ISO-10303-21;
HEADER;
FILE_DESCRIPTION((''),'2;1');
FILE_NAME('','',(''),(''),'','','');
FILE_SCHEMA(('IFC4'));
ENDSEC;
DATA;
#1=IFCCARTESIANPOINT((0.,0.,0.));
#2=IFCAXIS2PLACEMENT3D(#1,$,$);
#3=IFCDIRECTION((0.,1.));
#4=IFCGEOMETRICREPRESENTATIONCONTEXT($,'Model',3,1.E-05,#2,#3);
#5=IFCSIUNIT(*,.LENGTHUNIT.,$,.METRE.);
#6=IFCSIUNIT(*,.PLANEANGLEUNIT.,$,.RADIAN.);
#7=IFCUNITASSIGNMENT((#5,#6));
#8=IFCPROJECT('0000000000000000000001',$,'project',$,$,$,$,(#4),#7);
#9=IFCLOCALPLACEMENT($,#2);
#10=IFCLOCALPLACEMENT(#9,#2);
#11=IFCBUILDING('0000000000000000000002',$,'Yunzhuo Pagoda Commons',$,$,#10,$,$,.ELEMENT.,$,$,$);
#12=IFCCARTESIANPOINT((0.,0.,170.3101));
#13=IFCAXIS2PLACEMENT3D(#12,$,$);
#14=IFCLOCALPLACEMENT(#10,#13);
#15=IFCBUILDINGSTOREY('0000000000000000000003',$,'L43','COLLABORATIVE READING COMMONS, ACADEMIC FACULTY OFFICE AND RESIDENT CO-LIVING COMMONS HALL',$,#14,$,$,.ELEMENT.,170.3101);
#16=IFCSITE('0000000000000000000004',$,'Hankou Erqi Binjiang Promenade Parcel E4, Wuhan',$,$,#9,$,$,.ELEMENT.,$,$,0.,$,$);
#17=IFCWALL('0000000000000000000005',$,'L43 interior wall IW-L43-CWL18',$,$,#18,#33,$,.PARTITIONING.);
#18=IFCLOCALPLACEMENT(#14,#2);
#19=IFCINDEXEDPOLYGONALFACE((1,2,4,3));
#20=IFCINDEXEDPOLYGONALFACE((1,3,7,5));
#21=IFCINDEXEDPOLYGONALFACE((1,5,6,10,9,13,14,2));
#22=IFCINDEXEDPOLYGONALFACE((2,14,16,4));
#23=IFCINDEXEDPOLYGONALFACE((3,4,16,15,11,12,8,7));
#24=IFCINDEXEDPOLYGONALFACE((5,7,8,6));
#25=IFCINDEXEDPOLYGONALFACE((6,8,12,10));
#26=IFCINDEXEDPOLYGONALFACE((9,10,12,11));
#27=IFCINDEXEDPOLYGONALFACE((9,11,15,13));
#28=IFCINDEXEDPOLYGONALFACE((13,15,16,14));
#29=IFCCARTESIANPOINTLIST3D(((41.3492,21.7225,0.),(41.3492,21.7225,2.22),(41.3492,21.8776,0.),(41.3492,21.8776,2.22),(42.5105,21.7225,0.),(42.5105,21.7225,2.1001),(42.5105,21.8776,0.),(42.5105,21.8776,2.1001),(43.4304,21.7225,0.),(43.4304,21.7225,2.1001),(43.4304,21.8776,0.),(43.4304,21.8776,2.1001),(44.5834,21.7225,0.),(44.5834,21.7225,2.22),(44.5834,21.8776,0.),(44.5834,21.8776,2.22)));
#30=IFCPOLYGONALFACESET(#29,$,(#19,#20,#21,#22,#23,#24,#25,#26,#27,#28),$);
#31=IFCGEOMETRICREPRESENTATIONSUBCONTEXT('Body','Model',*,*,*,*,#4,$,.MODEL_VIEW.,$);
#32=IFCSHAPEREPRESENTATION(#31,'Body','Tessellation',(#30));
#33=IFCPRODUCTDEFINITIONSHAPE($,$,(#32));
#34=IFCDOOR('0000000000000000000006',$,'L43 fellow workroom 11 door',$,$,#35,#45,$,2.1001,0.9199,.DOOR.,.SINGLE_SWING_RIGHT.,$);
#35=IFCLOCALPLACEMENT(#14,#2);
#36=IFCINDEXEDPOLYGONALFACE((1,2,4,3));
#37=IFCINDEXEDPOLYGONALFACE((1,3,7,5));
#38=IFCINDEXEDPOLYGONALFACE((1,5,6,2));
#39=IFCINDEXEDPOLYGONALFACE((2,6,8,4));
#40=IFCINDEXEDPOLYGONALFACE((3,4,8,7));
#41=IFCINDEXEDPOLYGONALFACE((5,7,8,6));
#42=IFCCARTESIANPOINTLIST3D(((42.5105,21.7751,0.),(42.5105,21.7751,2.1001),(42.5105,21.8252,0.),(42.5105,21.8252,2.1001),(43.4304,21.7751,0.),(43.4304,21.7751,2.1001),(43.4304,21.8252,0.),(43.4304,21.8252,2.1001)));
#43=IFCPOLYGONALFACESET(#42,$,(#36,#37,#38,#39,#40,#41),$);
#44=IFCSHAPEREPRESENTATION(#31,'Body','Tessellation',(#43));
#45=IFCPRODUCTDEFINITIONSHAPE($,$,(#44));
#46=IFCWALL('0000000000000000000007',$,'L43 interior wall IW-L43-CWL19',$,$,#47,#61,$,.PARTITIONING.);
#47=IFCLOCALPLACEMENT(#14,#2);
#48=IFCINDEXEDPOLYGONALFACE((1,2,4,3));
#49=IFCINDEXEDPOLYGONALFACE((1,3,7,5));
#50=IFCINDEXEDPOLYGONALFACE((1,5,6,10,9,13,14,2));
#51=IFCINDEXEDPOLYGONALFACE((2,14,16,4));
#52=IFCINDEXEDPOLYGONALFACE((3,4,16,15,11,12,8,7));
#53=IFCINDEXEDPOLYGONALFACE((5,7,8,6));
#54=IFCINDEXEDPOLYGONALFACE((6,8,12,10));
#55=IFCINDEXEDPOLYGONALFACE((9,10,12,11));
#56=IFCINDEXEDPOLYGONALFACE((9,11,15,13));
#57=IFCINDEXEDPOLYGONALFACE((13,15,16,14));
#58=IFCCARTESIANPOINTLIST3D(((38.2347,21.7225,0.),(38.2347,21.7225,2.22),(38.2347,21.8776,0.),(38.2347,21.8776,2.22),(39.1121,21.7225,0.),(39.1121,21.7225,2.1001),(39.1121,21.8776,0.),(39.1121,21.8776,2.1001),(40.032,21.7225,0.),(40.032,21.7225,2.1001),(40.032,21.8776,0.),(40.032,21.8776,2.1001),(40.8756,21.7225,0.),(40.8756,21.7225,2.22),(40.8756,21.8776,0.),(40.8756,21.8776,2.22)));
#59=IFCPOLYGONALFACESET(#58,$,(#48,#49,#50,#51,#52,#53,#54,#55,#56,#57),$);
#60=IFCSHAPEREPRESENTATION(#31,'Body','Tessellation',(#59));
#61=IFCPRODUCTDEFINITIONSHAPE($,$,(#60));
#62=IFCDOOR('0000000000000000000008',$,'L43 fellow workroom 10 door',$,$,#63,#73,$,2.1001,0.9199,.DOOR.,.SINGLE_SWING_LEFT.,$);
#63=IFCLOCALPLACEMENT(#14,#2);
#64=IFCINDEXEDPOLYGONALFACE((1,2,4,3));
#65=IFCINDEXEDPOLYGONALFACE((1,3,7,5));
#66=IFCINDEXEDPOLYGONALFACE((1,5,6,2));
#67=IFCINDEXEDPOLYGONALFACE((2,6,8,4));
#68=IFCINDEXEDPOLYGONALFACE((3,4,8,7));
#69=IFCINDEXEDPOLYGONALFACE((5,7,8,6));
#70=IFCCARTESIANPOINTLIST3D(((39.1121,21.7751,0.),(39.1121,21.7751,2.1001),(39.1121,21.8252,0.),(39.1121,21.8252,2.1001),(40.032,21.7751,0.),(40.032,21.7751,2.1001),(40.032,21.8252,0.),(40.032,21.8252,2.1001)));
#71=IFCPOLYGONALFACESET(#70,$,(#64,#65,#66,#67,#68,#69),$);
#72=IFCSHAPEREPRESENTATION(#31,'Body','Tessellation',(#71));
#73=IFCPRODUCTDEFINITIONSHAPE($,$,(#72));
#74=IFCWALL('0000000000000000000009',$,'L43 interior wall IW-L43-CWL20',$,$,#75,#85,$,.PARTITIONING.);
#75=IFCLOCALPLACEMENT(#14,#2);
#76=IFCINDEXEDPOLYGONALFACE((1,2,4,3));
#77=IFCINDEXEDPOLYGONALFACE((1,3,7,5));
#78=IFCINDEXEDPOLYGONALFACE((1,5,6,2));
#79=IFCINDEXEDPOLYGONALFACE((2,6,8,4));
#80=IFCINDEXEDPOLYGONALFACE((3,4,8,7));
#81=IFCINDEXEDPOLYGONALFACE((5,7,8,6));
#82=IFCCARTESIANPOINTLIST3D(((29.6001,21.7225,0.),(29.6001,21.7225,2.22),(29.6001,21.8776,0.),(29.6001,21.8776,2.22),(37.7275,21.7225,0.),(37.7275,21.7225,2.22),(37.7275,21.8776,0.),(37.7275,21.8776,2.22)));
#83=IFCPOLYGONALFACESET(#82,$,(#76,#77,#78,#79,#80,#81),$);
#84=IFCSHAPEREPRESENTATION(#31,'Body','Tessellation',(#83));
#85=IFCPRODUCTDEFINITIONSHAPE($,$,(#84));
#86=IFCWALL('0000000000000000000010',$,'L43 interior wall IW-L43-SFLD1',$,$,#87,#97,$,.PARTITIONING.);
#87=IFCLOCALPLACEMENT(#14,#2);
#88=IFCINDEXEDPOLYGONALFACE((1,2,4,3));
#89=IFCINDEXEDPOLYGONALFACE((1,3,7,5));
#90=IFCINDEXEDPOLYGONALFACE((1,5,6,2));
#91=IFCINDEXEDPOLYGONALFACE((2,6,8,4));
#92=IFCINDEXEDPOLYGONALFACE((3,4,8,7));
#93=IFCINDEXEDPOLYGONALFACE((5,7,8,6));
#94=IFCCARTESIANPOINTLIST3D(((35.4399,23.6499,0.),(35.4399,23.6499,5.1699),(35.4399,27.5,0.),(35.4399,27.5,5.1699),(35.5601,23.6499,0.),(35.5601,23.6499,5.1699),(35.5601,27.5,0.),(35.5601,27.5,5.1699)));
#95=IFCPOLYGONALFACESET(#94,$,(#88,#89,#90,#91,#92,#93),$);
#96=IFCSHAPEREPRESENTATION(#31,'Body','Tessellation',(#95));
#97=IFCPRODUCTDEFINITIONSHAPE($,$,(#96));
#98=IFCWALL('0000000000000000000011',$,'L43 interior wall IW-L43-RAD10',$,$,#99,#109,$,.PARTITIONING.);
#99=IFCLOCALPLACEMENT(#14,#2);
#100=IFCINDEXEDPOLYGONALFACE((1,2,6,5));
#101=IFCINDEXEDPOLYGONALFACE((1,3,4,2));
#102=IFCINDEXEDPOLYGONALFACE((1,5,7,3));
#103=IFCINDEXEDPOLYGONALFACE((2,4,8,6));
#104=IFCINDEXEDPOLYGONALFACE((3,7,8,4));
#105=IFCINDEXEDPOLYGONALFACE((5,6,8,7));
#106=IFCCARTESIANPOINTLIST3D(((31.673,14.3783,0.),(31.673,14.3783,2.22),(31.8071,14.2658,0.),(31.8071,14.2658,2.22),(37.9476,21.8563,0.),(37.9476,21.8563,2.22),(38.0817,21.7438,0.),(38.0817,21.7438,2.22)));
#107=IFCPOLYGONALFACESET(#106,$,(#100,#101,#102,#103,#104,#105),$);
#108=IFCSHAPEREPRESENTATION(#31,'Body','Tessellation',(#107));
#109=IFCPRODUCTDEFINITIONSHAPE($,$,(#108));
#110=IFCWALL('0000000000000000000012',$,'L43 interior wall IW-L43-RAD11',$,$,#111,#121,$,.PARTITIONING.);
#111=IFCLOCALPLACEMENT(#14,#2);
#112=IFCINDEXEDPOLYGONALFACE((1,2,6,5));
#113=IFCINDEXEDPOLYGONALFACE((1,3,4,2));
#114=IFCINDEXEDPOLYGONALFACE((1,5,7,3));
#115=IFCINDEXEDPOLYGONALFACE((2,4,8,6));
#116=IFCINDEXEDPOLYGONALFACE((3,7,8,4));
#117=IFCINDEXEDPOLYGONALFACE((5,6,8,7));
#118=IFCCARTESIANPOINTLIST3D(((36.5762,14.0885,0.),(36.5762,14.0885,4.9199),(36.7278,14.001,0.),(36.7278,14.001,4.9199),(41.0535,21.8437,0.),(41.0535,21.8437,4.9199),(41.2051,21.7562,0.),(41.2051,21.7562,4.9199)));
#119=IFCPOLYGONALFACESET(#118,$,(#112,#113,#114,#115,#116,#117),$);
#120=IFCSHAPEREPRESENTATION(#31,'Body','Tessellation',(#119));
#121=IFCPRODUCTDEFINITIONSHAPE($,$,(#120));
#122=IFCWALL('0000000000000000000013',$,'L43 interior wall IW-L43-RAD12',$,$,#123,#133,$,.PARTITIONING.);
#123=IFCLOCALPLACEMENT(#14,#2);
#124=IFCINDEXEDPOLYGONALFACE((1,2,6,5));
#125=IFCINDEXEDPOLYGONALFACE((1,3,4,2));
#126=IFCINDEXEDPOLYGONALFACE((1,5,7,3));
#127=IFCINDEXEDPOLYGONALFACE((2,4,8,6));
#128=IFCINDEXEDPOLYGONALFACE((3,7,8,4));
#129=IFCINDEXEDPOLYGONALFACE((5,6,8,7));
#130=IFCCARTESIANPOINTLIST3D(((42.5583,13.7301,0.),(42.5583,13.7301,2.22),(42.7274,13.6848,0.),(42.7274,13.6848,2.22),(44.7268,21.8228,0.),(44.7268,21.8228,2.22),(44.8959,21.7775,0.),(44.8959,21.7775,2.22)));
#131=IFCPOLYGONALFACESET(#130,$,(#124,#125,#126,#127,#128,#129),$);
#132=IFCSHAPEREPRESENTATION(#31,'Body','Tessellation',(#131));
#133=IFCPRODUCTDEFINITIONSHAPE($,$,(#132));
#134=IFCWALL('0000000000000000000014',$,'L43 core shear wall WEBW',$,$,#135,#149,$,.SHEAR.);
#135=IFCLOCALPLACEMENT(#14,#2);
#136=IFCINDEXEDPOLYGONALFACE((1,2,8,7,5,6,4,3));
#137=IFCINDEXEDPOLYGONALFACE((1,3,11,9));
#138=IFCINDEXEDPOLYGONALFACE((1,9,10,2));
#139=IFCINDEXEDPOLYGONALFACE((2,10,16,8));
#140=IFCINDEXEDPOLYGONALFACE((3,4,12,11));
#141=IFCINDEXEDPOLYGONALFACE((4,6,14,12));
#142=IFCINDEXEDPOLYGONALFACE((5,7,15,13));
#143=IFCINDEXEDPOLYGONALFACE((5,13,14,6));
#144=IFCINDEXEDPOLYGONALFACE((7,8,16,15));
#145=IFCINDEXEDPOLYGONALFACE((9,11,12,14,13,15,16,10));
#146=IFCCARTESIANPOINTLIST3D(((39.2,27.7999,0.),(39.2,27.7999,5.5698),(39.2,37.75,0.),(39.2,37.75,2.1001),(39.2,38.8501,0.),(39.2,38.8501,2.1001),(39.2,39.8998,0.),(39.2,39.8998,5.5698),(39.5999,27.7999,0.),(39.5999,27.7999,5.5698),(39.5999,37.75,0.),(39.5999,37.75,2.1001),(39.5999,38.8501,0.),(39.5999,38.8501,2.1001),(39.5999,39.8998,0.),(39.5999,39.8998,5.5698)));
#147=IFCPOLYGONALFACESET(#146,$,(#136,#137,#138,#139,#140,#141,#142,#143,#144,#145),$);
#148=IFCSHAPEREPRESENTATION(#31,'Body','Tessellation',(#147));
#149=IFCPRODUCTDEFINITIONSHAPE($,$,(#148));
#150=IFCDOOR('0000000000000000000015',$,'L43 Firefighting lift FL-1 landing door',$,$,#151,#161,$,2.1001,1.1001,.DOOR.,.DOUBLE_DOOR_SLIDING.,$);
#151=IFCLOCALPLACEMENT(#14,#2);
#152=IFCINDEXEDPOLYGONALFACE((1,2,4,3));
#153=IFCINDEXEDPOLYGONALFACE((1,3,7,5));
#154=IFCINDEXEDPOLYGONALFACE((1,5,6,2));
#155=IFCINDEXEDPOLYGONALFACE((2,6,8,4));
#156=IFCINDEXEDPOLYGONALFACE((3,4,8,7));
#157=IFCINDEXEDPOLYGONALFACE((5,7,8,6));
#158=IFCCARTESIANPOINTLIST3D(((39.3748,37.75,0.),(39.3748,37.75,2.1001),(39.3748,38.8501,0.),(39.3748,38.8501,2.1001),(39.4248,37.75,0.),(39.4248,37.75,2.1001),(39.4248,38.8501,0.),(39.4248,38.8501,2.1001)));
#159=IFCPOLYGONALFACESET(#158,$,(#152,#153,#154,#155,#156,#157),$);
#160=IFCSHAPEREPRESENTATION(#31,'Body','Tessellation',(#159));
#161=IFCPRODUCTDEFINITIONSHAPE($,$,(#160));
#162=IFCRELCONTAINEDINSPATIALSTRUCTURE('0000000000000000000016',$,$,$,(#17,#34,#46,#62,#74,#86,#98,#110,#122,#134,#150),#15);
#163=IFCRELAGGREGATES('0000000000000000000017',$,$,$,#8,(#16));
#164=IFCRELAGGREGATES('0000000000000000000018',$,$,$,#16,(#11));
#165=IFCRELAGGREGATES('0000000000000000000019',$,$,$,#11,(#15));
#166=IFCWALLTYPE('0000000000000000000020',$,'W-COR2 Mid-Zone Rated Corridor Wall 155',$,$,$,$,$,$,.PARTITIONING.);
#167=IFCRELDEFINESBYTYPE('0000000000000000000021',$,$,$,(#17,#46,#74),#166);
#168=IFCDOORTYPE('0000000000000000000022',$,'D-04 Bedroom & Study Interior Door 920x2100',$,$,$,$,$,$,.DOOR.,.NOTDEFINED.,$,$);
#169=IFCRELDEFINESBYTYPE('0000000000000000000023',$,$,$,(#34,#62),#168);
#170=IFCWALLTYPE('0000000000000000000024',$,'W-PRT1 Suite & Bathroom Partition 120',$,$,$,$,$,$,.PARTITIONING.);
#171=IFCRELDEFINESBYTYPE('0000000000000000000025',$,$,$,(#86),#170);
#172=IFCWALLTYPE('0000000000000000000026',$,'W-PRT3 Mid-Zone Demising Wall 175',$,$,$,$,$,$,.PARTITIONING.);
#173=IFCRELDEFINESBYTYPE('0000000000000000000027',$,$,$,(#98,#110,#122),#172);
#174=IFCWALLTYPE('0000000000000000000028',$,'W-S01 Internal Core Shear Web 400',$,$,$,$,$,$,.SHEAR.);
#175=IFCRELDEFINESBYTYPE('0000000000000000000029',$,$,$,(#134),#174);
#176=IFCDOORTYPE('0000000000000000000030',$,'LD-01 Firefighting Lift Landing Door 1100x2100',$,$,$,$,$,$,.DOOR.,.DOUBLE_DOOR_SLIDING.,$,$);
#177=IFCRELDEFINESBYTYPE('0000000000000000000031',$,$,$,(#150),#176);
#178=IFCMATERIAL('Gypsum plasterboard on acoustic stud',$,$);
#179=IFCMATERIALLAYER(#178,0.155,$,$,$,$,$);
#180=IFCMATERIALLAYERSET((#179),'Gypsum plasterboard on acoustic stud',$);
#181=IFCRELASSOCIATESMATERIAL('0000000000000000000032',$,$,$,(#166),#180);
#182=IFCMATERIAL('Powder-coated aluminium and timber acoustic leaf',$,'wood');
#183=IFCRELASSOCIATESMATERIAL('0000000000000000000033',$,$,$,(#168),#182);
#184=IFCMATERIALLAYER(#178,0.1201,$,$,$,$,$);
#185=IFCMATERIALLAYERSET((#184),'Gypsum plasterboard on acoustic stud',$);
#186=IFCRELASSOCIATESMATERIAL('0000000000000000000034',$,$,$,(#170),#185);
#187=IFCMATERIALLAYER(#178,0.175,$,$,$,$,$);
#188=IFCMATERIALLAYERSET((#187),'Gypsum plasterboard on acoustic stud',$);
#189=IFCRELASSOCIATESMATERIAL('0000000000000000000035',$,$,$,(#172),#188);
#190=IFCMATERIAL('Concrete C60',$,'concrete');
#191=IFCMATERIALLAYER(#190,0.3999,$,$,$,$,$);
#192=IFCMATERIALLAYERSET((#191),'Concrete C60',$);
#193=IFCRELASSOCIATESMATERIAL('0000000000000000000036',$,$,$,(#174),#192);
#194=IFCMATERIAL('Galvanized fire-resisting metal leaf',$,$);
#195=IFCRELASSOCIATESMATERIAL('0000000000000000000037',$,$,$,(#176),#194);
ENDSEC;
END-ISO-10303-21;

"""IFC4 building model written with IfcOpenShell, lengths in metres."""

from ifc_helpers import new_model, si_unit, direction, frame, frame_2d, origin, origin_with_axes, place, context, subcontext, project, spatial, rectangle, extrude, source, transform, mapped, material, layer, layer_set, type_object, element, fill, save


model = new_model("IFC4")

# Units and contexts
model_context = context("Model", 3, precision=1e-05, world=origin(), true_north=direction((0.0, 1.0)))
body_context = subcontext(model_context, "Body", "Model", "MODEL_VIEW")
ifc_project = project(units=[si_unit("LENGTHUNIT", "METRE"), si_unit("PLANEANGLEUNIT", "RADIAN")], contexts=[model_context])

# Site, building, storey
site_placement = place(None, origin())
site = spatial("IfcSite", under=ifc_project, at=site_placement, Name="Hankou Erqi Binjiang Promenade Parcel E4, Wuhan", CompositionType="ELEMENT", RefElevation=0.0)
building_placement = place(site_placement, origin())
building = spatial("IfcBuilding", under=site, at=building_placement, Name="Yunzhuo Pagoda Commons", CompositionType="ELEMENT")
storey_placement = place(building_placement, frame((0.0, 0.0, 170.3101)))
storey = spatial("IfcBuildingStorey", under=building, at=storey_placement, Name="L43", Description="COLLABORATIVE READING COMMONS, ACADEMIC FACULTY OFFICE AND RESIDENT CO-LIVING COMMONS HALL", CompositionType="ELEMENT", Elevation=170.3101)

# Shared definitions
ifc_material_1 = material(Name="Concrete C60", Category="concrete")

# Walls, openings, doors
ifc_material_2 = material(Name="Gypsum plasterboard on acoustic stud")
ifc_layer_1 = layer(ifc_material_2, 0.155)
ifc_layer_set_1 = layer_set([ifc_layer_1], Name="Gypsum plasterboard on acoustic stud")
wall_type_1 = type_object("IfcWallType", Name="W-COR2 Mid-Zone Rated Corridor Wall 155", PredefinedType="PARTITIONING", material=ifc_layer_set_1)
ifc_material_3 = material(Name="Galvanized fire-resisting metal leaf")
wall_1_placement = place(storey_placement, frame((44.5835, 21.8, 0.0), z_axis=(0.0, 0.0, 1.0), x_axis=(-1.0, 0.0, 0.0)))
wall_1 = element("IfcWall", 1, at=wall_1_placement, inside=storey, type_object=wall_type_1, Name="L43 interior wall IW-L43-CWL18", PredefinedType="PARTITIONING", context=body_context, shape_type="SweptSolid", body=[
    extrude(rectangle(XDim=3.2341, YDim=0.155, at=frame_2d((1.6172, 0.0))), origin(), (0.0, 0.0, 1.0), 2.22),
])
opening_1_placement = place(wall_1_placement, frame((1.1531, 0.0, 0.0)))
opening_1 = element("IfcOpeningElement", 2, at=opening_1_placement, cuts=wall_1, PredefinedType="OPENING", context=body_context, shape_type="SweptSolid", body=[
    extrude(rectangle(XDim=0.9199, YDim=2.1001, at=frame_2d((0.46, 1.05))), frame((0.0, 0.0874, 0.0), z_axis=(0.0, -1.0, 0.0), x_axis=(1.0, 0.0, 0.0)), (0.0, 0.0, 1.0), 0.175),
])
ifc_material_4 = material(Name="Powder-coated aluminium and timber acoustic leaf", Category="wood")
door_type_1 = type_object("IfcDoorType", Name="D-04 Bedroom & Study Interior Door 920x2100", OperationType="NOTDEFINED", PredefinedType="DOOR", material=ifc_material_4)
shared_shape_1 = source(origin(), body_context, "Body", "SweptSolid", [
    extrude(rectangle(XDim=0.9199, YDim=2.1001, at=frame_2d((0.46, 1.05))), frame((0.0, 0.0249, 0.0), z_axis=(0.0, -1.0, 0.0), x_axis=(1.0, 0.0, 0.0)), (0.0, 0.0, 1.0), 0.05),
])
door_1_placement = place(opening_1_placement, origin_with_axes())
door_1 = element("IfcDoor", 3, at=door_1_placement, inside=storey, type_object=door_type_1, Name="L43 fellow workroom 11 door", OperationType="SINGLE_SWING_RIGHT", OverallHeight=2.1001, OverallWidth=0.9199, PredefinedType="DOOR", context=body_context, shape_type="MappedRepresentation", body=[
    mapped(shared_shape_1, transform((0.0, 0.0, 0.0), scale=1.0)),
])
fill(opening_1, door_1)
wall_2_placement = place(storey_placement, frame((40.8755, 21.8, 0.0), z_axis=(0.0, 0.0, 1.0), x_axis=(-1.0, 0.0, 0.0)))
wall_2 = element("IfcWall", 4, at=wall_2_placement, inside=storey, type_object=wall_type_1, Name="L43 interior wall IW-L43-CWL19", PredefinedType="PARTITIONING", context=body_context, shape_type="SweptSolid", body=[
    extrude(rectangle(XDim=2.6409, YDim=0.155, at=frame_2d((1.3203, 0.0))), origin(), (0.0, 0.0, 1.0), 2.22),
])
opening_2_placement = place(wall_2_placement, frame((0.8435, 0.0, 0.0)))
opening_2 = element("IfcOpeningElement", 5, at=opening_2_placement, cuts=wall_2, PredefinedType="OPENING", context=body_context, shape_type="SweptSolid", body=[
    extrude(rectangle(XDim=0.9199, YDim=2.1001, at=frame_2d((0.46, 1.05))), frame((0.0, 0.0874, 0.0), z_axis=(0.0, -1.0, 0.0), x_axis=(1.0, 0.0, 0.0)), (0.0, 0.0, 1.0), 0.175),
])
door_2_placement = place(opening_2_placement, origin_with_axes())
door_2 = element("IfcDoor", 6, at=door_2_placement, inside=storey, type_object=door_type_1, Name="L43 fellow workroom 10 door", OperationType="SINGLE_SWING_LEFT", OverallHeight=2.1001, OverallWidth=0.9199, PredefinedType="DOOR", context=body_context, shape_type="MappedRepresentation", body=[
    mapped(shared_shape_1, transform((0.0, 0.0, 0.0), scale=1.0)),
])
fill(opening_2, door_2)

# Walls
wall_3_placement = place(storey_placement, frame((37.7275, 21.8, 0.0), z_axis=(0.0, 0.0, 1.0), x_axis=(-1.0, 0.0, 0.0)))
element("IfcWall", 7, at=wall_3_placement, inside=storey, type_object=wall_type_1, Name="L43 interior wall IW-L43-CWL20", PredefinedType="PARTITIONING", context=body_context, shape_type="SweptSolid", body=[
    extrude(rectangle(XDim=8.1274, YDim=0.155, at=frame_2d((4.0637, 0.0))), origin(), (0.0, 0.0, 1.0), 2.22),
])
ifc_layer_2 = layer(ifc_material_2, 0.1201)
ifc_layer_set_2 = layer_set([ifc_layer_2], Name="Gypsum plasterboard on acoustic stud")
wall_type_2 = type_object("IfcWallType", Name="W-PRT1 Suite & Bathroom Partition 120", PredefinedType="PARTITIONING", material=ifc_layer_set_2)
wall_4_placement = place(storey_placement, frame((35.5, 23.6499, 0.0), z_axis=(0.0, 0.0, 1.0), x_axis=(0.0, 1.0, 0.0)))
element("IfcWall", 8, at=wall_4_placement, inside=storey, type_object=wall_type_2, Name="L43 interior wall IW-L43-SFLD1", PredefinedType="PARTITIONING", context=body_context, shape_type="SweptSolid", body=[
    extrude(rectangle(XDim=3.8501, YDim=0.1201, at=frame_2d((1.925, 0.0))), origin(), (0.0, 0.0, 1.0), 5.1699),
])
ifc_layer_3 = layer(ifc_material_2, 0.175)
ifc_layer_set_3 = layer_set([ifc_layer_3], Name="Gypsum plasterboard on acoustic stud")
wall_type_3 = type_object("IfcWallType", Name="W-PRT3 Mid-Zone Demising Wall 175", PredefinedType="PARTITIONING", material=ifc_layer_set_3)
wall_5_placement = place(storey_placement, frame((38.0146, 21.8, 0.0), z_axis=(0.0, 0.0, 1.0), x_axis=(-0.642778, -0.766052, 0.0)))
element("IfcWall", 9, at=wall_5_placement, inside=storey, type_object=wall_type_3, Name="L43 interior wall IW-L43-RAD10", PredefinedType="PARTITIONING", context=body_context, shape_type="SweptSolid", body=[
    extrude(rectangle(XDim=9.7617, YDim=0.175, at=frame_2d((4.8809, 0.0))), origin(), (0.0, 0.0, 1.0), 2.22),
])
wall_6_placement = place(storey_placement, frame((41.1294, 21.8, 0.0), z_axis=(0.0, 0.0, 1.0), x_axis=(-0.499989, -0.866032, 0.0)))
element("IfcWall", 10, at=wall_6_placement, inside=storey, type_object=wall_type_3, Name="L43 interior wall IW-L43-RAD11", PredefinedType="PARTITIONING", context=body_context, shape_type="SweptSolid", body=[
    extrude(rectangle(XDim=8.9548, YDim=0.175, at=frame_2d((4.4775, 0.0))), origin(), (0.0, 0.0, 1.0), 4.9199),
])
wall_7_placement = place(storey_placement, frame((44.8113, 21.8, 0.0), z_axis=(0.0, 0.0, 1.0), x_axis=(-0.25882, -0.965926, 0.0)))
element("IfcWall", 11, at=wall_7_placement, inside=storey, type_object=wall_type_3, Name="L43 interior wall IW-L43-RAD12", PredefinedType="PARTITIONING", context=body_context, shape_type="SweptSolid", body=[
    extrude(rectangle(XDim=8.3782, YDim=0.175, at=frame_2d((4.189, 0.0))), origin(), (0.0, 0.0, 1.0), 2.22),
])

# Wall, opening, door
ifc_layer_4 = layer(ifc_material_1, 0.3999)
ifc_layer_set_4 = layer_set([ifc_layer_4], Name="Concrete C60")
wall_type_4 = type_object("IfcWallType", Name="W-S01 Internal Core Shear Web 400", PredefinedType="SHEAR", material=ifc_layer_set_4)
wall_8_placement = place(storey_placement, frame((39.3999, 27.8, 0.0), z_axis=(0.0, 0.0, 1.0), x_axis=(0.0, 1.0, 0.0)))
wall_8 = element("IfcWall", 12, at=wall_8_placement, inside=storey, type_object=wall_type_4, Name="L43 core shear wall WEBW", PredefinedType="SHEAR", context=body_context, shape_type="SweptSolid", body=[
    extrude(rectangle(XDim=12.0999, YDim=0.3999, at=frame_2d((6.0498, 0.0))), origin(), (0.0, 0.0, 1.0), 5.5698),
])
opening_3_placement = place(wall_8_placement, frame((9.95, 0.0, 0.0)))
opening_3 = element("IfcOpeningElement", 13, at=opening_3_placement, cuts=wall_8, PredefinedType="OPENING", context=body_context, shape_type="SweptSolid", body=[
    extrude(rectangle(XDim=1.1001, YDim=2.1001, at=frame_2d((0.55, 1.05))), frame((0.0, 0.21, 0.0), z_axis=(0.0, -1.0, 0.0), x_axis=(1.0, 0.0, 0.0)), (0.0, 0.0, 1.0), 0.4199),
])
door_type_2 = type_object("IfcDoorType", Name="LD-01 Firefighting Lift Landing Door 1100x2100", OperationType="DOUBLE_DOOR_SLIDING", PredefinedType="DOOR", material=ifc_material_3)
shared_shape_2 = source(origin(), body_context, "Body", "SweptSolid", [
    extrude(rectangle(XDim=1.1001, YDim=2.1001, at=frame_2d((0.55, 1.05))), frame((0.0, 0.0249, 0.0), z_axis=(0.0, -1.0, 0.0), x_axis=(1.0, 0.0, 0.0)), (0.0, 0.0, 1.0), 0.05),
])
door_3_placement = place(opening_3_placement, frame((1.1001, 0.0, 0.0), z_axis=(0.0, 0.0, 1.0), x_axis=(-1.0, 0.0, 0.0)))
door_3 = element("IfcDoor", 14, at=door_3_placement, inside=storey, type_object=door_type_2, Name="L43 Firefighting lift FL-1 landing door", OperationType="DOUBLE_DOOR_SLIDING", OverallHeight=2.1001, OverallWidth=1.1001, PredefinedType="DOOR", context=body_context, shape_type="MappedRepresentation", body=[
    mapped(shared_shape_2, transform((0.0, 0.0, 0.0), scale=1.0)),
])
fill(opening_3, door_3)

save(model, "model.ifc")
